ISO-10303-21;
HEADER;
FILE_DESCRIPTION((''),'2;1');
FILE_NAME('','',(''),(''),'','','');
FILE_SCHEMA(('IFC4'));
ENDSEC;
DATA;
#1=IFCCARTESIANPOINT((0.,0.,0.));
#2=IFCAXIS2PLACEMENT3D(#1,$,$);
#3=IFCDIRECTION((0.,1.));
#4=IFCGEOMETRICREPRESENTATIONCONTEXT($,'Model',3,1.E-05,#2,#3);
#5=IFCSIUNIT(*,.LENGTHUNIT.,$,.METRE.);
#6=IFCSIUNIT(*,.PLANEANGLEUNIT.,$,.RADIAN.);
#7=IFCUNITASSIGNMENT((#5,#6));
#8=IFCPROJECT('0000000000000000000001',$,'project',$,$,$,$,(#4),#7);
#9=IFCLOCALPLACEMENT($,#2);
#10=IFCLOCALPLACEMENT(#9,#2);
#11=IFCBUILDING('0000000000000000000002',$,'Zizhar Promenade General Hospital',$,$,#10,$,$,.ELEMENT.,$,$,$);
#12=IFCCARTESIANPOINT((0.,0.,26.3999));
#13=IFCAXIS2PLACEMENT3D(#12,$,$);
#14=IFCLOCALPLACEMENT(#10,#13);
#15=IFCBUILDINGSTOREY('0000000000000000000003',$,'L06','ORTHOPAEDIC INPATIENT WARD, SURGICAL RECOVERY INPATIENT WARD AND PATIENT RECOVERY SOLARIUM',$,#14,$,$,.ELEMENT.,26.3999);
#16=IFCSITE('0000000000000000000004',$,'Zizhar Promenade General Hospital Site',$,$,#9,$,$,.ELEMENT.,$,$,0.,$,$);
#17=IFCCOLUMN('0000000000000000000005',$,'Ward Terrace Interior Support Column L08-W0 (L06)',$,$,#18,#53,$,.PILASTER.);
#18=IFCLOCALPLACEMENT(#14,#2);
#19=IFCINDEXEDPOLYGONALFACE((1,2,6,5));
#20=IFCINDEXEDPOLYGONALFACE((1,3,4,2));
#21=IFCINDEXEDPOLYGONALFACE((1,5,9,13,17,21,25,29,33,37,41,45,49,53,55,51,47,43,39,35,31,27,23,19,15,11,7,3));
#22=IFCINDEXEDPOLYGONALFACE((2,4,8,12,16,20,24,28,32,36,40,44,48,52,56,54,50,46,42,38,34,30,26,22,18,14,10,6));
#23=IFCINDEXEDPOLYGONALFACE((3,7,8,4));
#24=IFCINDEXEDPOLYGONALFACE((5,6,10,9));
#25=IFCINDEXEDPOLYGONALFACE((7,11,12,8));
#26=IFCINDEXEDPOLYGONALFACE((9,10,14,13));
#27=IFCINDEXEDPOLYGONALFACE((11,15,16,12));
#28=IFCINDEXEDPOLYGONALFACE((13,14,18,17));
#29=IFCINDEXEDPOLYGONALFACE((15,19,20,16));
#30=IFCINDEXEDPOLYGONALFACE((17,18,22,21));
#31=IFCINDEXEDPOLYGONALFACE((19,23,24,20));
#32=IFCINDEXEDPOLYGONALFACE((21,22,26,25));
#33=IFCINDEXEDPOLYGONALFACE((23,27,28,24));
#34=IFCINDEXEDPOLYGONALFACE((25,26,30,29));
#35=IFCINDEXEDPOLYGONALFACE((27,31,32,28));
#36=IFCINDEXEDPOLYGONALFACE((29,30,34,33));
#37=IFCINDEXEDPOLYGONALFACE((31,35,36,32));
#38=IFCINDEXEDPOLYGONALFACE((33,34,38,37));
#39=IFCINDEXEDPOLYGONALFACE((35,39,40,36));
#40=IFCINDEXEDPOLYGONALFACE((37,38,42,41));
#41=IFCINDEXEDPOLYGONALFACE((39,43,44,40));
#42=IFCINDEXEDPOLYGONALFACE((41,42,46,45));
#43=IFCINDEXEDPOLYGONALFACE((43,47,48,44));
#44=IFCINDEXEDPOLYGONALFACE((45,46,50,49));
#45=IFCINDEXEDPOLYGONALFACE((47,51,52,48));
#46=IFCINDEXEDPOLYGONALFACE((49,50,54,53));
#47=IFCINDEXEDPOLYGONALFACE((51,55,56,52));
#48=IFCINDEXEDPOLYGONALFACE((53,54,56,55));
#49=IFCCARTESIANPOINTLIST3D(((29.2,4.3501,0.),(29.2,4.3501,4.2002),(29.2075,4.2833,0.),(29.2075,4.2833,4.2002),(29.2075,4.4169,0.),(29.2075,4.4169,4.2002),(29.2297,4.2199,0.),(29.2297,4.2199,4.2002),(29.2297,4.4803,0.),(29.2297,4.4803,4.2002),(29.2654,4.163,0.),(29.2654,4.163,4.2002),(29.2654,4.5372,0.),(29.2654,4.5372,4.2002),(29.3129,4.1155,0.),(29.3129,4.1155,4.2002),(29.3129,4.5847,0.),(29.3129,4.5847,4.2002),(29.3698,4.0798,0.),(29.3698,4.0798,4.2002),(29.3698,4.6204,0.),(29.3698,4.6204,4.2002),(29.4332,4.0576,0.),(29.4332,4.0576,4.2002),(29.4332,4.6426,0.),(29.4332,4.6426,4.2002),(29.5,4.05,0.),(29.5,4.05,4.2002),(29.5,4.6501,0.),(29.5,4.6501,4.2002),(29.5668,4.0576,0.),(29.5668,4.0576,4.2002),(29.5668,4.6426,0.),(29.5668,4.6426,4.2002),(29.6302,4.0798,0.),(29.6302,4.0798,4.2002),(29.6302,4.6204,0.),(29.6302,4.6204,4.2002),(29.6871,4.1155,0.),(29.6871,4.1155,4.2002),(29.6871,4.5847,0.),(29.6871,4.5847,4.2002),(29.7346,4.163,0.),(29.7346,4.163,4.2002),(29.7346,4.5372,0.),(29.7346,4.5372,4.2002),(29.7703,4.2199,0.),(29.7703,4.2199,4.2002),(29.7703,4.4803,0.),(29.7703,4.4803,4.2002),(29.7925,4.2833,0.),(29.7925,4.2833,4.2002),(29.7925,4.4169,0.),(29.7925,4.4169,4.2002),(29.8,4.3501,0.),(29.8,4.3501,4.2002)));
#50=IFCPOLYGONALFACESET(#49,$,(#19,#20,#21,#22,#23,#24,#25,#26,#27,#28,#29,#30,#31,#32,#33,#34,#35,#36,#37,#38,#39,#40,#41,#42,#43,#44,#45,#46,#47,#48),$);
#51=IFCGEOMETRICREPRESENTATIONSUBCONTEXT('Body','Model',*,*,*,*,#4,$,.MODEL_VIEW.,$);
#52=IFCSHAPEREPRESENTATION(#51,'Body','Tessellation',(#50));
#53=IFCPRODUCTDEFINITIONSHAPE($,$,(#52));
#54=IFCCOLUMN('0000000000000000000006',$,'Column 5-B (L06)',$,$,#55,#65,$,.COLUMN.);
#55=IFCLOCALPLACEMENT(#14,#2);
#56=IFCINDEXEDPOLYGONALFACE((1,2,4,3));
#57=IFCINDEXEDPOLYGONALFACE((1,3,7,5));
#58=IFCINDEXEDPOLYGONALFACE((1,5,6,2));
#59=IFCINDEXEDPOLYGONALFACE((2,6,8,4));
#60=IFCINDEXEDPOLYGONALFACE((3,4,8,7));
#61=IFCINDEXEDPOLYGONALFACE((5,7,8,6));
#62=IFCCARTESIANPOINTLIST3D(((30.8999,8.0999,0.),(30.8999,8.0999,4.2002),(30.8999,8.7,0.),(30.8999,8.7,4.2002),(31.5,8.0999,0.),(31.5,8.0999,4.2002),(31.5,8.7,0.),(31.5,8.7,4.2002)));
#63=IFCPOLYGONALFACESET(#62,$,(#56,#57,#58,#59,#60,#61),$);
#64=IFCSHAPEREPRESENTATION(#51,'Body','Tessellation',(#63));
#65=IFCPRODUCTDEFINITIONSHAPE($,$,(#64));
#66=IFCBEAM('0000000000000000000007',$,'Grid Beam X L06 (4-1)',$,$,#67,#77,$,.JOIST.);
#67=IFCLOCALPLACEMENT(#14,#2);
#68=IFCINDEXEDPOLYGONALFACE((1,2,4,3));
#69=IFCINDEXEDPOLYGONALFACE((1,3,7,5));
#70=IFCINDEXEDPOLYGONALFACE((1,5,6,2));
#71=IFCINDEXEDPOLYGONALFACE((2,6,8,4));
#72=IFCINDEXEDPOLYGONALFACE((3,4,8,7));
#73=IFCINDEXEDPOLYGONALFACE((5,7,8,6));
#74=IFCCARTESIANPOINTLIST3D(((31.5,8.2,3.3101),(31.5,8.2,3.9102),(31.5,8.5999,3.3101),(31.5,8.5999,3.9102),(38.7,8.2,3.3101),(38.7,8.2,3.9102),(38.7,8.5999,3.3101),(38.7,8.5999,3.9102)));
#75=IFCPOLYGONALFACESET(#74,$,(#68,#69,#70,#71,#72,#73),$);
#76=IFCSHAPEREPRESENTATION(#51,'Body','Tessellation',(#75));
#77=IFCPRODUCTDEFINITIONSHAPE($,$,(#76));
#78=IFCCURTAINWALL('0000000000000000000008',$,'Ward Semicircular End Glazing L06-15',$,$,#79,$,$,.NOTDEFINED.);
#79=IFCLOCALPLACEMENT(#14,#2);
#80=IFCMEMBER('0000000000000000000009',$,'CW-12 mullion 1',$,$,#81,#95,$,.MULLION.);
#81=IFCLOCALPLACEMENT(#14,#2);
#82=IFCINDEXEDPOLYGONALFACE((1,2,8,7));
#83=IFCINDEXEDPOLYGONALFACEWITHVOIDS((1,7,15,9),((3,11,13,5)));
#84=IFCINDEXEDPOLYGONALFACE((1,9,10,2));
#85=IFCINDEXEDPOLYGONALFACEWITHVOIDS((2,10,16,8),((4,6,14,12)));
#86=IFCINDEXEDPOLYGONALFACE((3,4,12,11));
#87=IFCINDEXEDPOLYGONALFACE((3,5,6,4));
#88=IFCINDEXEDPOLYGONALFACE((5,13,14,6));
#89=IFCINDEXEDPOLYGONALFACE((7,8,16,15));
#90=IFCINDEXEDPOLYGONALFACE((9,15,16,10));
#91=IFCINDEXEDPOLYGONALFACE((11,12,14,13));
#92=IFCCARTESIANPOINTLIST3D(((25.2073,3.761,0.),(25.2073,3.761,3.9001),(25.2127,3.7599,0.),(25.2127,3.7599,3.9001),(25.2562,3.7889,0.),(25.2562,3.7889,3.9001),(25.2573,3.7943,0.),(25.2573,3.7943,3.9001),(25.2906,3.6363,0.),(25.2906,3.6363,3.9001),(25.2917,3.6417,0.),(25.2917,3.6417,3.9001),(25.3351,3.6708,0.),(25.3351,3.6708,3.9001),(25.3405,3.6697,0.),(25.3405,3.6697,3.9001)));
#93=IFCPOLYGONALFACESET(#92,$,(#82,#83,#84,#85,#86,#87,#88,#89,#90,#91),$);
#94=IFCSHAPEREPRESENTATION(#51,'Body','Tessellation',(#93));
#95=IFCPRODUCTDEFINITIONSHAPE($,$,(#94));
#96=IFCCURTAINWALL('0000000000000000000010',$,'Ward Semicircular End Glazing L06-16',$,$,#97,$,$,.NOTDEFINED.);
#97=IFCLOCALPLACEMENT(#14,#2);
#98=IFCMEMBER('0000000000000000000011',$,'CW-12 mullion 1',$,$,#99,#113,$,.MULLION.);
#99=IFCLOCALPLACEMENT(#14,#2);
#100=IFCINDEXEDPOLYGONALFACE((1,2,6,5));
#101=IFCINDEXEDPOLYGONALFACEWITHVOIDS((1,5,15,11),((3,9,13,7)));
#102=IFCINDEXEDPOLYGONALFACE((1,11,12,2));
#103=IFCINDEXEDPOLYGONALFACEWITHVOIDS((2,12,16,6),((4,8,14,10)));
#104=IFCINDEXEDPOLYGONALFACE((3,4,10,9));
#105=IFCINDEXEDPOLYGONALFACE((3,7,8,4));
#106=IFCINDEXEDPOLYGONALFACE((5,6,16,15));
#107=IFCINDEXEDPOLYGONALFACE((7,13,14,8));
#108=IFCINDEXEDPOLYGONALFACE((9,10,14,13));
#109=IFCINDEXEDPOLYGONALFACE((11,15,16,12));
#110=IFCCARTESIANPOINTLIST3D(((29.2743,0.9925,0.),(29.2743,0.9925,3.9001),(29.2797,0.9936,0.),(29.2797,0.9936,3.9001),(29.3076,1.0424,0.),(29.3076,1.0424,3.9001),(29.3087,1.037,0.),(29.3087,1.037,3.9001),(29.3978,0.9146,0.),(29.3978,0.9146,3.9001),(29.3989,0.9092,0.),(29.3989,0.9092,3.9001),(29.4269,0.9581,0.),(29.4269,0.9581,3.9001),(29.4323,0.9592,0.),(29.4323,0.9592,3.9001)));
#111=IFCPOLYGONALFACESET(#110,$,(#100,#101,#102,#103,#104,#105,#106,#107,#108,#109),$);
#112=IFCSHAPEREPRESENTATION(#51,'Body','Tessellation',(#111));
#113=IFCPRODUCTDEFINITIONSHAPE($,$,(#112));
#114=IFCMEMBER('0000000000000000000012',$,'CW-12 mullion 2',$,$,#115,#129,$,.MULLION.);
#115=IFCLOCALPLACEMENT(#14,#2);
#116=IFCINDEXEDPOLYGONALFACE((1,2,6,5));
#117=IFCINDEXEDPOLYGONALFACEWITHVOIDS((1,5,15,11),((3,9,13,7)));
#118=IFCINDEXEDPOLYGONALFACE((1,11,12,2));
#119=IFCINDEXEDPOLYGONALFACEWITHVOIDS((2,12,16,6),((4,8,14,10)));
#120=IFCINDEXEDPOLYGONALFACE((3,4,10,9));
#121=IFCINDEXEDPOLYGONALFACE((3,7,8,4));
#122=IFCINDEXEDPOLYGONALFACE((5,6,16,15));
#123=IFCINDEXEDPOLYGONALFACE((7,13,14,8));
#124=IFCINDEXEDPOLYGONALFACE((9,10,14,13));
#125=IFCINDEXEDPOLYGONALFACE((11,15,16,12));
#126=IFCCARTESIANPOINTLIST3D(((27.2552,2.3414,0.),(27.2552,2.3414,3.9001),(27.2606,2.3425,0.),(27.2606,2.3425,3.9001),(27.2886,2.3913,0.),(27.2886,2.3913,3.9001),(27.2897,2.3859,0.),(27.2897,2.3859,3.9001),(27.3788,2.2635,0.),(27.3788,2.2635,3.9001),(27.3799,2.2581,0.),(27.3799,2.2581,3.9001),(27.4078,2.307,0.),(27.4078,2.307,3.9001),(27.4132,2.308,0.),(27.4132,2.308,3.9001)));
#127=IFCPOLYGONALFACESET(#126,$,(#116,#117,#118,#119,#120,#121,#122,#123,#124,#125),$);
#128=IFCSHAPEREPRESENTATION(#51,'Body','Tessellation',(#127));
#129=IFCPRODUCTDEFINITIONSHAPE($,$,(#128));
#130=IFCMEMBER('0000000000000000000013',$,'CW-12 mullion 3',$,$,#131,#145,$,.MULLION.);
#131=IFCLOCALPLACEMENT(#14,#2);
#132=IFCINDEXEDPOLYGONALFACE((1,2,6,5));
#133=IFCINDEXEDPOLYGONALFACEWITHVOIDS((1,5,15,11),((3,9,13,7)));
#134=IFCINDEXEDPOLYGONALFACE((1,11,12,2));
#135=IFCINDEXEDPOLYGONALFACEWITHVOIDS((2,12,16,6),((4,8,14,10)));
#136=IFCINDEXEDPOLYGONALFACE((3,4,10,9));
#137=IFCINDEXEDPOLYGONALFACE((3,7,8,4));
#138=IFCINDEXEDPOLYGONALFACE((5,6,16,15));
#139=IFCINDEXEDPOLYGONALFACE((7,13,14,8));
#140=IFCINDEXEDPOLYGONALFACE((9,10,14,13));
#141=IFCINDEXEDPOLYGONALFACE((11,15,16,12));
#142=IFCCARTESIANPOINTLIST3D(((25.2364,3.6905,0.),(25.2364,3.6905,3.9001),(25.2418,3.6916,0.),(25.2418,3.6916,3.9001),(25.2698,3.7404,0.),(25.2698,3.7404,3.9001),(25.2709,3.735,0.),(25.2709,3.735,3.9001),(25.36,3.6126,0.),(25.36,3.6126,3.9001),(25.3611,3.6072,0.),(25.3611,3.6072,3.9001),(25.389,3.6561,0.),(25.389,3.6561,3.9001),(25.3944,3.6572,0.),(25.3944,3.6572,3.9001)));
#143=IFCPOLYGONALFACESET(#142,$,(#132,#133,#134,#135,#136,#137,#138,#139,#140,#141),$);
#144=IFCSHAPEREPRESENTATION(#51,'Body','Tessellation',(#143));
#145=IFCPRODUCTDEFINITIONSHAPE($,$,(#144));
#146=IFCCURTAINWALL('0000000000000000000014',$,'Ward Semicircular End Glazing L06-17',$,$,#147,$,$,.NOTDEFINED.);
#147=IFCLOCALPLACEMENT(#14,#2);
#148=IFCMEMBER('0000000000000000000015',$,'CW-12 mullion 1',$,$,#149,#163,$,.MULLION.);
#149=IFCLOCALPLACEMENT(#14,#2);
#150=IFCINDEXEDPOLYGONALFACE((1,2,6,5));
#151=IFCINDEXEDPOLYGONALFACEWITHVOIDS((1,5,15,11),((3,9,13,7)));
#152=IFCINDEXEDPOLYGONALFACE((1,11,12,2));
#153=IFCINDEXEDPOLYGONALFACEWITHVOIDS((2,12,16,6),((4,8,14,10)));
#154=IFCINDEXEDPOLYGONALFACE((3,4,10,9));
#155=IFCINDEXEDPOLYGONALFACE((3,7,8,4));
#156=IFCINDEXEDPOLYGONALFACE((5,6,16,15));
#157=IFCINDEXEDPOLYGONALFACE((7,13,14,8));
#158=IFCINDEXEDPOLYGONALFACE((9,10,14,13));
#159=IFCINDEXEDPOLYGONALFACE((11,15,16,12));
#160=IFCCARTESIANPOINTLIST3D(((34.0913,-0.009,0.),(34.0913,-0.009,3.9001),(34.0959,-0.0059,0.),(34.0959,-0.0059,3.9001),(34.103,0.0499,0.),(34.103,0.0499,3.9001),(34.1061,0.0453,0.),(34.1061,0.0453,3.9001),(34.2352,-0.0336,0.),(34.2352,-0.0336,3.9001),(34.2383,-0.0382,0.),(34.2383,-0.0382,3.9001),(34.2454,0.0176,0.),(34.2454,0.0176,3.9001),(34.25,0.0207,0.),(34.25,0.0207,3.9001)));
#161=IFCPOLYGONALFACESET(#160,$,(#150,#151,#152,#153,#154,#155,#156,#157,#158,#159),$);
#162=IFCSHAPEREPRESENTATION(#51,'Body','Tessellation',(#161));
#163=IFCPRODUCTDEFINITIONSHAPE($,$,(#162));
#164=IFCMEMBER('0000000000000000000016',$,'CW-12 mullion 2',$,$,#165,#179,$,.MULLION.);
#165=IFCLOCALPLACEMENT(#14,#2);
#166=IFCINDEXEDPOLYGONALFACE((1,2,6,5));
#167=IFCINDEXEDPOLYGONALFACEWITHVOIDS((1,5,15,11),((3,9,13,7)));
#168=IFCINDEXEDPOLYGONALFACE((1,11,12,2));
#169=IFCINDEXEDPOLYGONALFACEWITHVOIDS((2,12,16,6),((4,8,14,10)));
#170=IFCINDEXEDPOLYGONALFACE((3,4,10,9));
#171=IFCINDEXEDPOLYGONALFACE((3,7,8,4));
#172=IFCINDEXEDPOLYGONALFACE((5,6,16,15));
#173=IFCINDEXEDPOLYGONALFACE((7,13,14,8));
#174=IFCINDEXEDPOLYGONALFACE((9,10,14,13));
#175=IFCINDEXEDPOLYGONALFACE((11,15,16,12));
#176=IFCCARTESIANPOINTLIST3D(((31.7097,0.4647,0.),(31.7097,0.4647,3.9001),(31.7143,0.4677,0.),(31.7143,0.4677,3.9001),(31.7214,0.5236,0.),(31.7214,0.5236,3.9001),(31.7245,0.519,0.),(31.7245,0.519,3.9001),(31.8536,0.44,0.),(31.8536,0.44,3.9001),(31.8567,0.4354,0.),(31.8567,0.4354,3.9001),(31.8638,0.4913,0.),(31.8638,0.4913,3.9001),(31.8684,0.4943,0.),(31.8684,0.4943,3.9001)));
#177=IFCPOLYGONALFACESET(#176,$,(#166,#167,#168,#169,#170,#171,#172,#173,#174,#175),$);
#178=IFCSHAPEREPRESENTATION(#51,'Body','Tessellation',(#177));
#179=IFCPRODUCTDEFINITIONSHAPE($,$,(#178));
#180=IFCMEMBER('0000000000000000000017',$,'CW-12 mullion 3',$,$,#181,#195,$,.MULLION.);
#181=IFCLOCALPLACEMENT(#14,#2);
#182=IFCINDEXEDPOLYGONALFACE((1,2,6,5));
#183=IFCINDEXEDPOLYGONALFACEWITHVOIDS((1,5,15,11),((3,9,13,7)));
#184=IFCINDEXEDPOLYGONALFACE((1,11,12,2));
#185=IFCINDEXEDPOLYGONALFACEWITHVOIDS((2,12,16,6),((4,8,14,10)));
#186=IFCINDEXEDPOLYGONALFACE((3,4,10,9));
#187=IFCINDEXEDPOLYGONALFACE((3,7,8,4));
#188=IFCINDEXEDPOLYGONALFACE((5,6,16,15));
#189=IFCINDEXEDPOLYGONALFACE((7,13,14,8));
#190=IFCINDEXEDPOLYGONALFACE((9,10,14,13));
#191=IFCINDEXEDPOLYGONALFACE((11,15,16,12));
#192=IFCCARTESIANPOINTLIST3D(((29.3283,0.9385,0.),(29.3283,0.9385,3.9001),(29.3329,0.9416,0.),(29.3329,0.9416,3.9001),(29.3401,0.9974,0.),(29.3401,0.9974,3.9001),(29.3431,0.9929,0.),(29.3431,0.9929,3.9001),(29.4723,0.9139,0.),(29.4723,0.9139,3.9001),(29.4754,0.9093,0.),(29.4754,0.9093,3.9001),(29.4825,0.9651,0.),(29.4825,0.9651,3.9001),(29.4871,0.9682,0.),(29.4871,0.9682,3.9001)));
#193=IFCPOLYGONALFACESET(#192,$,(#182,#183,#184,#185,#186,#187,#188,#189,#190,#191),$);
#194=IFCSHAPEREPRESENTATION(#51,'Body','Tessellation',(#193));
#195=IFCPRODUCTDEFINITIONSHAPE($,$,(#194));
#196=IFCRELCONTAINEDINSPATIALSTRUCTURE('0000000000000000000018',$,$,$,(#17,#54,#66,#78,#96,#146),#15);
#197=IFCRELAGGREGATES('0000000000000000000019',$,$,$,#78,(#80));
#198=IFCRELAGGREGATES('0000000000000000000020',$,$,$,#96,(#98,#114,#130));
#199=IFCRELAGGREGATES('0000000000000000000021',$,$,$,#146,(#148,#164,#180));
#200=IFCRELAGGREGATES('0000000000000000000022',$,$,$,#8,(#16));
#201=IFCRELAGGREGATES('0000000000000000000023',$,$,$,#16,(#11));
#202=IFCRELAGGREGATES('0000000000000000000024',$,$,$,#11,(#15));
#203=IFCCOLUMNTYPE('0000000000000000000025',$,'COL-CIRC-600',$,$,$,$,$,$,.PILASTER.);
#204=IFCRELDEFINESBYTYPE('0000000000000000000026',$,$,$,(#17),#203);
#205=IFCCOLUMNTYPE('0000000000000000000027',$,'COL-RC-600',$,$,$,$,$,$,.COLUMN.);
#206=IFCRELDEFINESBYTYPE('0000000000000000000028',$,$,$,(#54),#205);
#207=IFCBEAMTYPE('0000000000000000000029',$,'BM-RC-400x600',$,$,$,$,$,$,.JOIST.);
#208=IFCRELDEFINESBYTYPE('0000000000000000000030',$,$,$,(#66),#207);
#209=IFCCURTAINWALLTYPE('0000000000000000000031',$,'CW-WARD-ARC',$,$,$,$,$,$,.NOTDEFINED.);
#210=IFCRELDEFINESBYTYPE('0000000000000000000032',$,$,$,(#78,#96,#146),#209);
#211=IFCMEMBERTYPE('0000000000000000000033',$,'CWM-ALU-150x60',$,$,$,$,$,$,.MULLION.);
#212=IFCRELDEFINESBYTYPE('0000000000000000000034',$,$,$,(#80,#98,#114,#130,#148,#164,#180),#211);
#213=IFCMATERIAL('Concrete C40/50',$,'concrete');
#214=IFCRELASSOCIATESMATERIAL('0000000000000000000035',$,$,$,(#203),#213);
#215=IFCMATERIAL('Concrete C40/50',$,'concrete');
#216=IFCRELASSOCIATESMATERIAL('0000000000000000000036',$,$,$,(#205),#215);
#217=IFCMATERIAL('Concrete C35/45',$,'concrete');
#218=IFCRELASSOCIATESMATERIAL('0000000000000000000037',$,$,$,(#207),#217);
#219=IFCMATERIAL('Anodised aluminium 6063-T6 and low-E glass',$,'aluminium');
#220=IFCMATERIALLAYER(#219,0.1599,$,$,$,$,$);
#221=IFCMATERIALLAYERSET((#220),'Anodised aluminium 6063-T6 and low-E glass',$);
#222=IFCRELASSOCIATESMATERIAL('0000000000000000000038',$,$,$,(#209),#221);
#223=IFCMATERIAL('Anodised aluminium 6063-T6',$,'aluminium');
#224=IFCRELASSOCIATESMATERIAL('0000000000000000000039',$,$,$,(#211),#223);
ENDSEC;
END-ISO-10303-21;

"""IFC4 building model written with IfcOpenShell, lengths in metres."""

from ifc_helpers import new_model, si_unit, direction, frame, origin, origin_2d, place, context, subcontext, project, spatial, rectangle, hollow_rectangle, circle, extrude, material, layer, layer_set, material_profile, profile_set, type_object, element, aggregate, save


model = new_model("IFC4")

# Units and contexts
model_context = context("Model", 3, precision=1e-05, world=origin(), true_north=direction((0.0, 1.0)))
body_context = subcontext(model_context, "Body", "Model", "MODEL_VIEW")
ifc_project = project(units=[si_unit("LENGTHUNIT", "METRE"), si_unit("PLANEANGLEUNIT", "RADIAN")], contexts=[model_context])

# Site, building, storey
site_placement = place(None, origin())
site = spatial("IfcSite", under=ifc_project, at=site_placement, Name="Zizhar Promenade General Hospital Site", CompositionType="ELEMENT", RefElevation=0.0)
building_placement = place(site_placement, origin())
building = spatial("IfcBuilding", under=site, at=building_placement, Name="Zizhar Promenade General Hospital", CompositionType="ELEMENT")
storey_placement = place(building_placement, frame((0.0, 0.0, 26.3999)))
storey = spatial("IfcBuildingStorey", under=building, at=storey_placement, Name="L06", Description="ORTHOPAEDIC INPATIENT WARD, SURGICAL RECOVERY INPATIENT WARD AND PATIENT RECOVERY SOLARIUM", CompositionType="ELEMENT", Elevation=26.3999)

# Columns
ifc_material_1 = material(Name="Concrete C40/50", Category="concrete")
ifc_material_profile_1 = material_profile(ifc_material_1, circle(Radius=0.3, at=origin_2d()))
ifc_profile_set_1 = profile_set([ifc_material_profile_1], Name="Concrete C40/50")
column_type_1 = type_object("IfcColumnType", Name="COL-CIRC-600", PredefinedType="PILASTER", material=ifc_profile_set_1)
column_1_placement = place(storey_placement, frame((29.5, 4.3501, 0.0), z_axis=(0.0, 0.0, 1.0), x_axis=(1.0, 0.0, 0.0)))
element("IfcColumn", 1, at=column_1_placement, inside=storey, type_object=column_type_1, Name="Ward Terrace Interior Support Column L08-W0 (L06)", PredefinedType="PILASTER", context=body_context, shape_type="SweptSolid", body=[
    extrude(circle(Radius=0.3, at=origin_2d()), origin(), (0.0, 0.0, 1.0), 4.2002),
])
ifc_material_2 = material(Name="Concrete C40/50", Category="concrete")
ifc_material_profile_2 = material_profile(ifc_material_2, rectangle(XDim=0.6001, YDim=0.6001, at=origin_2d()))
ifc_profile_set_2 = profile_set([ifc_material_profile_2], Name="Concrete C40/50")
column_type_2 = type_object("IfcColumnType", Name="COL-RC-600", PredefinedType="COLUMN", material=ifc_profile_set_2)
column_2_placement = place(storey_placement, frame((31.2, 8.3999, 0.0), z_axis=(0.0, 0.0, 1.0), x_axis=(1.0, 0.0, 0.0)))
element("IfcColumn", 2, at=column_2_placement, inside=storey, type_object=column_type_2, Name="Column 5-B (L06)", PredefinedType="COLUMN", context=body_context, shape_type="SweptSolid", body=[
    extrude(rectangle(XDim=0.6001, YDim=0.6001, at=origin_2d()), origin(), (0.0, 0.0, 1.0), 4.2002),
])

# Beam
ifc_material_3 = material(Name="Concrete C35/45", Category="concrete")
ifc_material_profile_3 = material_profile(ifc_material_3, rectangle(XDim=0.3999, YDim=0.6001, at=origin_2d()))
ifc_profile_set_3 = profile_set([ifc_material_profile_3], Name="Concrete C35/45")
beam_type = type_object("IfcBeamType", Name="BM-RC-400x600", PredefinedType="JOIST", material=ifc_profile_set_3)
beam_placement = place(storey_placement, frame((31.5, 8.3999, 3.6101), z_axis=(1.0, 0.0, 0.0), x_axis=(0.0, 1.0, 0.0)))
element("IfcBeam", 3, at=beam_placement, inside=storey, type_object=beam_type, Name="Grid Beam X L06 (4-1)", PredefinedType="JOIST", context=body_context, shape_type="SweptSolid", body=[
    extrude(rectangle(XDim=0.3999, YDim=0.6001, at=origin_2d()), origin(), (0.0, 0.0, 1.0), 7.2),
])

# Curtain wall, member
ifc_material_4 = material(Name="Anodised aluminium 6063-T6 and low-E glass", Category="aluminium")
ifc_layer_1 = layer(ifc_material_4, 0.1599)
ifc_layer_set_1 = layer_set([ifc_layer_1], Name="Anodised aluminium 6063-T6 and low-E glass")
curtain_wall_type = type_object("IfcCurtainWallType", Name="CW-WARD-ARC", PredefinedType="NOTDEFINED", material=ifc_layer_set_1)
curtain_wall_1_placement = place(storey_placement, origin())
curtain_wall_1 = element("IfcCurtainWall", 4, at=curtain_wall_1_placement, inside=storey, type_object=curtain_wall_type, Name="Ward Semicircular End Glazing L06-15", PredefinedType="NOTDEFINED")
ifc_material_5 = material(Name="Anodised aluminium 6063-T6", Category="aluminium")
ifc_material_profile_4 = material_profile(ifc_material_5, hollow_rectangle(XDim=0.0601, YDim=0.1499, WallThickness=0.0039, at=origin_2d()))
ifc_profile_set_4 = profile_set([ifc_material_profile_4], Name="Anodised aluminium 6063-T6")
member_type_1 = type_object("IfcMemberType", Name="CWM-ALU-150x60", PredefinedType="MULLION", material=ifc_profile_set_4)
member_1_placement = place(storey_placement, frame((25.2739, 3.7153, 0.0), z_axis=(0.0, 0.0, 1.0), x_axis=(-0.831462, -0.555582, 0.0)))
member_1 = element("IfcMember", 5, at=member_1_placement, type_object=member_type_1, Name="CW-12 mullion 1", PredefinedType="MULLION", context=body_context, shape_type="SweptSolid", body=[
    extrude(hollow_rectangle(XDim=0.0601, YDim=0.1499, WallThickness=0.0039, at=origin_2d()), origin(), (0.0, 0.0, 1.0), 3.9001),
])

# Curtain walls, members
curtain_wall_2_placement = place(storey_placement, origin())
curtain_wall_2 = element("IfcCurtainWall", 6, at=curtain_wall_2_placement, inside=storey, type_object=curtain_wall_type, Name="Ward Semicircular End Glazing L06-16", PredefinedType="NOTDEFINED")
member_2_placement = place(storey_placement, frame((29.3533, 0.9758, 0.0), z_axis=(0.0, 0.0, 1.0), x_axis=(-0.555582, -0.831462, 0.0)))
member_2 = element("IfcMember", 7, at=member_2_placement, type_object=member_type_1, Name="CW-12 mullion 1", PredefinedType="MULLION", context=body_context, shape_type="SweptSolid", body=[
    extrude(hollow_rectangle(XDim=0.0601, YDim=0.1499, WallThickness=0.0039, at=origin_2d()), origin(), (0.0, 0.0, 1.0), 3.9001),
])
member_3_placement = place(storey_placement, frame((27.3342, 2.3247, 0.0), z_axis=(0.0, 0.0, 1.0), x_axis=(-0.555582, -0.831462, 0.0)))
member_3 = element("IfcMember", 8, at=member_3_placement, type_object=member_type_1, Name="CW-12 mullion 2", PredefinedType="MULLION", context=body_context, shape_type="SweptSolid", body=[
    extrude(hollow_rectangle(XDim=0.0601, YDim=0.1499, WallThickness=0.0039, at=origin_2d()), origin(), (0.0, 0.0, 1.0), 3.9001),
])
member_4_placement = place(storey_placement, frame((25.3154, 3.6738, 0.0), z_axis=(0.0, 0.0, 1.0), x_axis=(-0.555582, -0.831462, 0.0)))
member_4 = element("IfcMember", 9, at=member_4_placement, type_object=member_type_1, Name="CW-12 mullion 3", PredefinedType="MULLION", context=body_context, shape_type="SweptSolid", body=[
    extrude(hollow_rectangle(XDim=0.0601, YDim=0.1499, WallThickness=0.0039, at=origin_2d()), origin(), (0.0, 0.0, 1.0), 3.9001),
])
curtain_wall_3_placement = place(storey_placement, origin())
curtain_wall_3 = element("IfcCurtainWall", 10, at=curtain_wall_3_placement, inside=storey, type_object=curtain_wall_type, Name="Ward Semicircular End Glazing L06-17", PredefinedType="NOTDEFINED")
member_5_placement = place(storey_placement, frame((34.1707, 0.0059, 0.0), z_axis=(0.0, 0.0, 1.0), x_axis=(-0.195087, -0.980786, 0.0)))
member_5 = element("IfcMember", 11, at=member_5_placement, type_object=member_type_1, Name="CW-12 mullion 1", PredefinedType="MULLION", context=body_context, shape_type="SweptSolid", body=[
    extrude(hollow_rectangle(XDim=0.0601, YDim=0.1499, WallThickness=0.0039, at=origin_2d()), origin(), (0.0, 0.0, 1.0), 3.9001),
])
member_6_placement = place(storey_placement, frame((31.7891, 0.4795, 0.0), z_axis=(0.0, 0.0, 1.0), x_axis=(-0.195087, -0.980786, 0.0)))
member_6 = element("IfcMember", 12, at=member_6_placement, type_object=member_type_1, Name="CW-12 mullion 2", PredefinedType="MULLION", context=body_context, shape_type="SweptSolid", body=[
    extrude(hollow_rectangle(XDim=0.0601, YDim=0.1499, WallThickness=0.0039, at=origin_2d()), origin(), (0.0, 0.0, 1.0), 3.9001),
])
member_7_placement = place(storey_placement, frame((29.4077, 0.9534, 0.0), z_axis=(0.0, 0.0, 1.0), x_axis=(-0.195087, -0.980786, 0.0)))
member_7 = element("IfcMember", 13, at=member_7_placement, type_object=member_type_1, Name="CW-12 mullion 3", PredefinedType="MULLION", context=body_context, shape_type="SweptSolid", body=[
    extrude(hollow_rectangle(XDim=0.0601, YDim=0.1499, WallThickness=0.0039, at=origin_2d()), origin(), (0.0, 0.0, 1.0), 3.9001),
])

aggregate(curtain_wall_1, [member_1])

aggregate(curtain_wall_2, [member_2, member_3, member_4])
aggregate(curtain_wall_3, [member_5, member_6, member_7])

save(model, "model.ifc")
